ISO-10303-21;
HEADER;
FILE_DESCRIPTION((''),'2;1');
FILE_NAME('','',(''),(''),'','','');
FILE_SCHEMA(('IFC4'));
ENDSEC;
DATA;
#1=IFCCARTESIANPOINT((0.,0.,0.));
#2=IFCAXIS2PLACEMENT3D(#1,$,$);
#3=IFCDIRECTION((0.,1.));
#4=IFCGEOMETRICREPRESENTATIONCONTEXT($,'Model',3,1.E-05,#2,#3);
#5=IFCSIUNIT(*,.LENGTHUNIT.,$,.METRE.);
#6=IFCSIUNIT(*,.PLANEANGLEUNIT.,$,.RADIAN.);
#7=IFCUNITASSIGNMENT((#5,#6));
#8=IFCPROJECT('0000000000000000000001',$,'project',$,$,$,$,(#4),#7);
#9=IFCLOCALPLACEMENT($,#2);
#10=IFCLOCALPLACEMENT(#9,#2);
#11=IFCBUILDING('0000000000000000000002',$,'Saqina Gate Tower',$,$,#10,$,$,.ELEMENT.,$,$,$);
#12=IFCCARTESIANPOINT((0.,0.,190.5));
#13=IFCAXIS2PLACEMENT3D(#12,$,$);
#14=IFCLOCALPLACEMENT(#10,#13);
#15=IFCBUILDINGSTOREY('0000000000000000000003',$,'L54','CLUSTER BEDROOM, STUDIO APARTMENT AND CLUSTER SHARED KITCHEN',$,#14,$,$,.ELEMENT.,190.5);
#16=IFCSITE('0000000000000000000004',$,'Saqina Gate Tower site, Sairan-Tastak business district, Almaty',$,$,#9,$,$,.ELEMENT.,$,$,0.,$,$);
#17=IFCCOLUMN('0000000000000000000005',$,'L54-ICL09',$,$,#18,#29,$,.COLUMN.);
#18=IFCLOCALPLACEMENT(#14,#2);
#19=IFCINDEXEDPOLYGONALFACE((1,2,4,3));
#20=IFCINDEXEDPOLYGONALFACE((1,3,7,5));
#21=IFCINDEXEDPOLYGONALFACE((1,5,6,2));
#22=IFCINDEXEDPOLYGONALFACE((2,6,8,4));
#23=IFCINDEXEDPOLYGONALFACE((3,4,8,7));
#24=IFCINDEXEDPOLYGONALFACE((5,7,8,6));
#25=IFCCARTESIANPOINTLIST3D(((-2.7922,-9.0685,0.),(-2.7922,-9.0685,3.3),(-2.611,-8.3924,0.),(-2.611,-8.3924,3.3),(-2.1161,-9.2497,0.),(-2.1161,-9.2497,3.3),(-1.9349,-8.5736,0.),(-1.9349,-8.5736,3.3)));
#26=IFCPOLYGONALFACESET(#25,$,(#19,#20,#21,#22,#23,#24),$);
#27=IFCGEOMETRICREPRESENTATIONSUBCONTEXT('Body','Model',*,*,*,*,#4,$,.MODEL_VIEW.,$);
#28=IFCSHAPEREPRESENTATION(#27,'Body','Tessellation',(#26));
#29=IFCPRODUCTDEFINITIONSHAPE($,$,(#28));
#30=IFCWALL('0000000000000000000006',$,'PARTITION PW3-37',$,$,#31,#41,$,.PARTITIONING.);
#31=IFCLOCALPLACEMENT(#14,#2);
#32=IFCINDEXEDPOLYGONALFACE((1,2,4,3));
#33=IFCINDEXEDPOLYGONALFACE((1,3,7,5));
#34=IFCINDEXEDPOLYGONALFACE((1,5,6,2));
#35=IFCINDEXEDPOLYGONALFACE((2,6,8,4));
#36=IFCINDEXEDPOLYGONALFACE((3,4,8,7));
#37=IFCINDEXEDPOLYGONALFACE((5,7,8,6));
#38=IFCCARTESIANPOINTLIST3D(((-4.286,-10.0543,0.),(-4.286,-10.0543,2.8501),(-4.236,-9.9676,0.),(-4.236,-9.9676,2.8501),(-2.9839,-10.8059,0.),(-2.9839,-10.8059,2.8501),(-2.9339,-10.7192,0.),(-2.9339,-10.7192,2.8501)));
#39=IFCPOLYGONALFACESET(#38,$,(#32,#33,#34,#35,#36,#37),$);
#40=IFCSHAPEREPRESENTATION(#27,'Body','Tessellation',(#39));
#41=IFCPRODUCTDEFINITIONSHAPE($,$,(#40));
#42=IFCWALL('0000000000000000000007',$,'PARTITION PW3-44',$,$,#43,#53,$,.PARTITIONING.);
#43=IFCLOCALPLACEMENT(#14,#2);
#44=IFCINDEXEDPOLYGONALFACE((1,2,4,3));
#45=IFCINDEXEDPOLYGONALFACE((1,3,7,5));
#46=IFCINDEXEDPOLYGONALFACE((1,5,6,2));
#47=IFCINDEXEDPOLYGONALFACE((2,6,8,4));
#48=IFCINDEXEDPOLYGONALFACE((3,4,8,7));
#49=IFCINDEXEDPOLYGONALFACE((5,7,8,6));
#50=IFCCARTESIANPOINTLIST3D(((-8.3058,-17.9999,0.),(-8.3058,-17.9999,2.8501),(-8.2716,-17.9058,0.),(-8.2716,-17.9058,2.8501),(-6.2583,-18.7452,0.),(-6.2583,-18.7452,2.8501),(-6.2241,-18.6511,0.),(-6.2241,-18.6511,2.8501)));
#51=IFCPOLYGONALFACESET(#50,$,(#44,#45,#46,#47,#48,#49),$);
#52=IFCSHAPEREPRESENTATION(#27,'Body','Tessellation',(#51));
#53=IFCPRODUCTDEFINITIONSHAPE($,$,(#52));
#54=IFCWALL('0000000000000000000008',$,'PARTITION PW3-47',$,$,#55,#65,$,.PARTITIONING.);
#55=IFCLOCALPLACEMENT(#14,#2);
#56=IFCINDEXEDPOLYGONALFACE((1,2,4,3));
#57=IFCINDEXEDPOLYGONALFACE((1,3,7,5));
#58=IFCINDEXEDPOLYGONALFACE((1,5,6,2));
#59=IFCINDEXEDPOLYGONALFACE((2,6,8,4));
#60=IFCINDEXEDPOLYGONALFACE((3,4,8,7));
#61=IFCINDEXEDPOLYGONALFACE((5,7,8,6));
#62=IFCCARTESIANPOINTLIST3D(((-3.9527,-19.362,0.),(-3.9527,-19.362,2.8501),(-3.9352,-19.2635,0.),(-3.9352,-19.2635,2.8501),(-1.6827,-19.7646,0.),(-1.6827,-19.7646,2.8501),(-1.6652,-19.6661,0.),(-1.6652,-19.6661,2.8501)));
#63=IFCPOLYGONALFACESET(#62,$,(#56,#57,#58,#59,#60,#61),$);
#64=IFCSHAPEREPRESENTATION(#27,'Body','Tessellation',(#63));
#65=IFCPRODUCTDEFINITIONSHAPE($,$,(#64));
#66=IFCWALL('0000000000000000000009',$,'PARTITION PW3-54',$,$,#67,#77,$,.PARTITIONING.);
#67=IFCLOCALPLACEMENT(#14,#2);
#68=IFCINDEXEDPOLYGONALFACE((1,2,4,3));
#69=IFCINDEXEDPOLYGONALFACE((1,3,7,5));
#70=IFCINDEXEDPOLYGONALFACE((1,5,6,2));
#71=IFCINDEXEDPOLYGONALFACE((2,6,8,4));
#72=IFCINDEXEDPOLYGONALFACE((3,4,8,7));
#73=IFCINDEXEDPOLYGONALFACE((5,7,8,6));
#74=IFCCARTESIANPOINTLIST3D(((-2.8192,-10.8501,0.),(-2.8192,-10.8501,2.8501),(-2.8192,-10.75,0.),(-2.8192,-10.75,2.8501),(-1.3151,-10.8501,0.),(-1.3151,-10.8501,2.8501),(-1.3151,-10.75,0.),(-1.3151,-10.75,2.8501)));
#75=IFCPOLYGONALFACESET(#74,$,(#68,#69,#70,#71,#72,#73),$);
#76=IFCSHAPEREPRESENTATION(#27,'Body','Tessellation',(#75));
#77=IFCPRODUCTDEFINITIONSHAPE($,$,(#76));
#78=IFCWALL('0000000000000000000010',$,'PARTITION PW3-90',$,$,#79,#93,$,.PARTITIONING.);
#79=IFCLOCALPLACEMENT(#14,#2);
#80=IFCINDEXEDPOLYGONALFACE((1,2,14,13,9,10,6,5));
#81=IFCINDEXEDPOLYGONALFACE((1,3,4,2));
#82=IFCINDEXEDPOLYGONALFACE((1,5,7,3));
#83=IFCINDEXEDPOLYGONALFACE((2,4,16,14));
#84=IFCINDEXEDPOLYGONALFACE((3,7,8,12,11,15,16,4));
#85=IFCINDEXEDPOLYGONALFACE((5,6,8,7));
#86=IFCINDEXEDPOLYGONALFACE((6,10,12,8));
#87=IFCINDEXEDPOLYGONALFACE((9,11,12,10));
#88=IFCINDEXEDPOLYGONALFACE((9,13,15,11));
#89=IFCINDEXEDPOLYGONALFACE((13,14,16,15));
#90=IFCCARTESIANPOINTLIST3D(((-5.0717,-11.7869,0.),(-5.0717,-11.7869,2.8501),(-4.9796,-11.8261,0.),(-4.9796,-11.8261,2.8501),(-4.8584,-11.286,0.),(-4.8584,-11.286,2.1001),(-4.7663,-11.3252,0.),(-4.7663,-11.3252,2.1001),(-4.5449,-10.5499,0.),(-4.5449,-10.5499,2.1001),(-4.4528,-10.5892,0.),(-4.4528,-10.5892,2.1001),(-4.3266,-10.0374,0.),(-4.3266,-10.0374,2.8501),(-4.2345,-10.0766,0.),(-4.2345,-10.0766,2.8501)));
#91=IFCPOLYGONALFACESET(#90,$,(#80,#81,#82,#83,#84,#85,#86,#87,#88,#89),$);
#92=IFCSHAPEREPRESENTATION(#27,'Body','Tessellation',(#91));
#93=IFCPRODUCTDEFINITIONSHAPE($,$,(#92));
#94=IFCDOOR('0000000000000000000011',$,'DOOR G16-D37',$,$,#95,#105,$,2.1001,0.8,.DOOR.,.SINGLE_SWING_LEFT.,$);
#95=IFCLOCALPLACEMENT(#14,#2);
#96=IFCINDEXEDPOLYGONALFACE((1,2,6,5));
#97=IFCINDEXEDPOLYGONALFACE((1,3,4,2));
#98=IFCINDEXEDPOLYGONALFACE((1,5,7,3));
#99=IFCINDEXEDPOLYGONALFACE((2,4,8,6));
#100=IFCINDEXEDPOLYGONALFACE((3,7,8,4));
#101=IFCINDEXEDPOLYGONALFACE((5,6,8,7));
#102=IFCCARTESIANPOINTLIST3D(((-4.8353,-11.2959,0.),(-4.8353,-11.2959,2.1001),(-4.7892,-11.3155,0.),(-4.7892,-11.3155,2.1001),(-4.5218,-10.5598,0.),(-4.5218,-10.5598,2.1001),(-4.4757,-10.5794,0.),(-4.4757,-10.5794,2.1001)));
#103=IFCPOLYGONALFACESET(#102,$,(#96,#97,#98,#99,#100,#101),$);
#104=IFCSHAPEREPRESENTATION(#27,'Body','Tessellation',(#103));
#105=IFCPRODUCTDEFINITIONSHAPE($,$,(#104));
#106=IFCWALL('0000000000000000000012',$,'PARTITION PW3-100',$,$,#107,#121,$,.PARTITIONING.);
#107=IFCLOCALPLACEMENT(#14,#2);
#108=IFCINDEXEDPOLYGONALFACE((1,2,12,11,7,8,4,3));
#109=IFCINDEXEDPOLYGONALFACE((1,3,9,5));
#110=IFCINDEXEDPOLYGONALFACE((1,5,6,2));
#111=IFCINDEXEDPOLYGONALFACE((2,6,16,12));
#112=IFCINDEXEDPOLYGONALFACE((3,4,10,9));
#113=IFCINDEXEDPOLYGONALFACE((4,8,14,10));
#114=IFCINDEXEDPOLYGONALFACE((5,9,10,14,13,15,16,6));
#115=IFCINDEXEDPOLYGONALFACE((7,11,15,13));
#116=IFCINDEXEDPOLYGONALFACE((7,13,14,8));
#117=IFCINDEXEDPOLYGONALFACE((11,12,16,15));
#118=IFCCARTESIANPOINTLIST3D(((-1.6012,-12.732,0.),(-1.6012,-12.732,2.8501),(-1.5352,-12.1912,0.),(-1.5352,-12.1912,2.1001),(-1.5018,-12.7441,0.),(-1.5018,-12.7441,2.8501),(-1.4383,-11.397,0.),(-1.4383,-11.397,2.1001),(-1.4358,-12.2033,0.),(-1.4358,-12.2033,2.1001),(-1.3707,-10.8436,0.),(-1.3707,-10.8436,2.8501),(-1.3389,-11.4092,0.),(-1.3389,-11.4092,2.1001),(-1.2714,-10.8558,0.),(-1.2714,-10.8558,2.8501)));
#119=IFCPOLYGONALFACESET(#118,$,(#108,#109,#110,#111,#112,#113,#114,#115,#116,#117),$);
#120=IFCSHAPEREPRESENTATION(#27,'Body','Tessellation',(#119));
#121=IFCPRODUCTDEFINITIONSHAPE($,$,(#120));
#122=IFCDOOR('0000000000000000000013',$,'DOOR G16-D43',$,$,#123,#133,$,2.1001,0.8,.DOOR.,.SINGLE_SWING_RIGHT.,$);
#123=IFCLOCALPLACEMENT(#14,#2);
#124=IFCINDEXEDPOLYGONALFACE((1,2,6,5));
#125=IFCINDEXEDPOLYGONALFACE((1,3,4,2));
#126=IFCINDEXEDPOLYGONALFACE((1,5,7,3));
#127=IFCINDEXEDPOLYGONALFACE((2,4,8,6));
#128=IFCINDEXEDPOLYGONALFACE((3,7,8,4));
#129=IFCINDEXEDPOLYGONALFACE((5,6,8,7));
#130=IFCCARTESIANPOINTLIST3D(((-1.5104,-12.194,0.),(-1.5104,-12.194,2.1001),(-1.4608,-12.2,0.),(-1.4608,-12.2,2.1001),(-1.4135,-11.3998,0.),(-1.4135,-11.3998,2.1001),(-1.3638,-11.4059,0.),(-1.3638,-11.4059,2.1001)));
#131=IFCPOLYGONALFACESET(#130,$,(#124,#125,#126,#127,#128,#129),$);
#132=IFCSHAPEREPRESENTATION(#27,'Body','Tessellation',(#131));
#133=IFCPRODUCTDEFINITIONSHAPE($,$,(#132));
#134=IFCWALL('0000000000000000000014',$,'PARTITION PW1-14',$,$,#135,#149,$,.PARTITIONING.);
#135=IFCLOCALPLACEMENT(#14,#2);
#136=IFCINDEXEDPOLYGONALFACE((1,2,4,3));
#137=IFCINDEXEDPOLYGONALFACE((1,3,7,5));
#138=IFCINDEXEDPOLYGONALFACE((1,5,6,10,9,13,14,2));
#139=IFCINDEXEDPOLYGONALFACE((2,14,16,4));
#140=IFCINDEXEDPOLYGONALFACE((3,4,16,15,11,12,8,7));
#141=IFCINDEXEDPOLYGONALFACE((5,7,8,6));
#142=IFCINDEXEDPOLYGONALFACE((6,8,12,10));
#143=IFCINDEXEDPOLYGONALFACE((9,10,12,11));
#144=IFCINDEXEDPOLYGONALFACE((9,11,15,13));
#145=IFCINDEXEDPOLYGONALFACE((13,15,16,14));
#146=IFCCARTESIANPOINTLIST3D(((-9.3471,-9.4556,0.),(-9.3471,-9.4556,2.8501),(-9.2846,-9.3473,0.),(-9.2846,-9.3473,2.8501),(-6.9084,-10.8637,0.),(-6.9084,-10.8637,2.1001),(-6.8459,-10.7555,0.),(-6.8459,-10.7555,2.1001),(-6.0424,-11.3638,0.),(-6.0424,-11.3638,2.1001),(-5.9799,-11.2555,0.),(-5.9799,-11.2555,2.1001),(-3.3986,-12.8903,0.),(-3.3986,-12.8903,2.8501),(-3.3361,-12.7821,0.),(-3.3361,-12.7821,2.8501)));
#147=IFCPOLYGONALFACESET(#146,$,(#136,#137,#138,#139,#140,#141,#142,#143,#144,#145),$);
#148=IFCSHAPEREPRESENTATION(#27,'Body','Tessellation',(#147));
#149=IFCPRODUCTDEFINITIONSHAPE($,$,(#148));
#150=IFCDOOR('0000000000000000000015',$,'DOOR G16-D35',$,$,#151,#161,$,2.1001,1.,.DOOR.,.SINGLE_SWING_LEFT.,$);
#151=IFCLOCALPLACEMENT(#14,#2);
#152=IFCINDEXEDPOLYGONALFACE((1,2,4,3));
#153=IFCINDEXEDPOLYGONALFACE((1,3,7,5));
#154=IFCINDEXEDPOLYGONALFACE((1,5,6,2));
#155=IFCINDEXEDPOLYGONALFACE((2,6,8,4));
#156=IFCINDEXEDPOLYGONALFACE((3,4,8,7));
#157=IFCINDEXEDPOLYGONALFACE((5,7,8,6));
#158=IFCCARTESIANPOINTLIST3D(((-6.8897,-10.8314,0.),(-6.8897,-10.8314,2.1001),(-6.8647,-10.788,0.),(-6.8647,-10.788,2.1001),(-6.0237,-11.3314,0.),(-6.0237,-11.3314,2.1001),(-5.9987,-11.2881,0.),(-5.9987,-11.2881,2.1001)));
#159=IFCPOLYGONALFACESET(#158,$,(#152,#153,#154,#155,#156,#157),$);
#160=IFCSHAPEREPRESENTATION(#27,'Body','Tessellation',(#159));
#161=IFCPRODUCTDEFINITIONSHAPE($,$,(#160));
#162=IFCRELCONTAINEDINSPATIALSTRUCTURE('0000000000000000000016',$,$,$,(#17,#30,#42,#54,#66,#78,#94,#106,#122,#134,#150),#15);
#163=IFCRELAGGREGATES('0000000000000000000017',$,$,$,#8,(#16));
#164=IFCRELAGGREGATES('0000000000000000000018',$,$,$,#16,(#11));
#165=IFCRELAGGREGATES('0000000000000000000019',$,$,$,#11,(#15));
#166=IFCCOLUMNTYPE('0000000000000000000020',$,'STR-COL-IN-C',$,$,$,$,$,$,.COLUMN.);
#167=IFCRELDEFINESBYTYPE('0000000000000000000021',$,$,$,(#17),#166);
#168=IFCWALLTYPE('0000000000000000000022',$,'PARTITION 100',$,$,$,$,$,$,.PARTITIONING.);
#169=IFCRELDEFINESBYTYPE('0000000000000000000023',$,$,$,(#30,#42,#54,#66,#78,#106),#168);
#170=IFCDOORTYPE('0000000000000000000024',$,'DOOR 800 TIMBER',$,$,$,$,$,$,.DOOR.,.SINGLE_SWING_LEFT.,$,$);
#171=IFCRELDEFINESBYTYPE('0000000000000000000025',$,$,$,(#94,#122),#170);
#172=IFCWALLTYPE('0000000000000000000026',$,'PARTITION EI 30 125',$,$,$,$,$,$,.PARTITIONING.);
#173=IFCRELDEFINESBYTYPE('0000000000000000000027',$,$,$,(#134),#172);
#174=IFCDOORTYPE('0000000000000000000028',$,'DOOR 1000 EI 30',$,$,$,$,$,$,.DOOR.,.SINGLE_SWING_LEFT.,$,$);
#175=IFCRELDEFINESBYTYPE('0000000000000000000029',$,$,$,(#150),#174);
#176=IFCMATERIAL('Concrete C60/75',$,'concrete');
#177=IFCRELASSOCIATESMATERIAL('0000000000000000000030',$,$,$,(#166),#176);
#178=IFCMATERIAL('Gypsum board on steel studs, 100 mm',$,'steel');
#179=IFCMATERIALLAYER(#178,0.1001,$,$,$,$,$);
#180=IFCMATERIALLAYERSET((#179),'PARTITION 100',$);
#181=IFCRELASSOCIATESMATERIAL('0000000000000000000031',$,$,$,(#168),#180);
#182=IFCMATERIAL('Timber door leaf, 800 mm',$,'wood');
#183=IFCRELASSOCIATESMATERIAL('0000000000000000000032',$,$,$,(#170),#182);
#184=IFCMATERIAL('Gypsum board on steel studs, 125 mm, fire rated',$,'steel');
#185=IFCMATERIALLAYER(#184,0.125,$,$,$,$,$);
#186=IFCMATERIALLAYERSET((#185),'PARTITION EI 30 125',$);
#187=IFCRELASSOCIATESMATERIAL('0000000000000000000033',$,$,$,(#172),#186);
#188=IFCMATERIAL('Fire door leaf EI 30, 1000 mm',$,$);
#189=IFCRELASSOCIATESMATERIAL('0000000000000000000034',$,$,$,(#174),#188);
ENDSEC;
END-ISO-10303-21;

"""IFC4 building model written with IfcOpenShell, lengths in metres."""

from ifc_helpers import new_model, si_unit, direction, frame, frame_2d, origin, origin_2d, place, context, subcontext, project, spatial, rectangle, extrude, material, layer, layer_set, material_profile, profile_set, type_object, element, fill, save


model = new_model("IFC4")

# Units and contexts
model_context = context("Model", 3, precision=1e-05, world=origin(), true_north=direction((0.0, 1.0)))
body_context = subcontext(model_context, "Body", "Model", "MODEL_VIEW")
ifc_project = project(units=[si_unit("LENGTHUNIT", "METRE"), si_unit("PLANEANGLEUNIT", "RADIAN")], contexts=[model_context])

# Site, building, storey
site_placement = place(None, origin())
site = spatial("IfcSite", under=ifc_project, at=site_placement, Name="Saqina Gate Tower site, Sairan-Tastak business district, Almaty", CompositionType="ELEMENT", RefElevation=0.0)
building_placement = place(site_placement, origin())
building = spatial("IfcBuilding", under=site, at=building_placement, Name="Saqina Gate Tower", CompositionType="ELEMENT")
storey_placement = place(building_placement, frame((0.0, 0.0, 190.5)))
storey = spatial("IfcBuildingStorey", under=building, at=storey_placement, Name="L54", Description="CLUSTER BEDROOM, STUDIO APARTMENT AND CLUSTER SHARED KITCHEN", CompositionType="ELEMENT", Elevation=190.5)

# Column
ifc_material_1 = material(Name="Concrete C60/75", Category="concrete")
ifc_material_profile = material_profile(ifc_material_1, rectangle(XDim=0.7, YDim=0.7, at=origin_2d()), Name="RC 700x700")
ifc_profile_set = profile_set([ifc_material_profile], Name="Concrete C60/75")
column_type = type_object("IfcColumnType", Name="STR-COL-IN-C", PredefinedType="COLUMN", material=ifc_profile_set)
column_placement = place(storey_placement, frame((-2.3635, -8.821, 0.0), z_axis=(0.0, 0.0, 1.0), x_axis=(-0.258819, -0.965926, 0.0)))
element("IfcColumn", 1, at=column_placement, inside=storey, type_object=column_type, Name="L54-ICL09", PredefinedType="COLUMN", context=body_context, shape_type="SweptSolid", body=[
    extrude(rectangle(XDim=0.7, YDim=0.7, at=origin_2d()), origin(), (0.0, 0.0, 1.0), 3.3),
])

# Walls
ifc_material_2 = material(Name="Gypsum board on steel studs, 100 mm", Category="steel")
ifc_layer_1 = layer(ifc_material_2, 0.1001)
ifc_layer_set_1 = layer_set([ifc_layer_1], Name="PARTITION 100")
wall_type_1 = type_object("IfcWallType", Name="PARTITION 100", PredefinedType="PARTITIONING", material=ifc_layer_set_1)
wall_1_placement = place(storey_placement, frame((-4.261, -10.011, 0.0), z_axis=(0.0, 0.0, 1.0), x_axis=(0.866096, -0.499877, 0.0)))
element("IfcWall", 2, at=wall_1_placement, inside=storey, type_object=wall_type_1, Name="PARTITION PW3-37", PredefinedType="PARTITIONING", context=body_context, shape_type="SweptSolid", body=[
    extrude(rectangle(XDim=1.5034, YDim=0.1001, at=frame_2d((0.7517, 0.0))), origin(), (0.0, 0.0, 1.0), 2.8501),
])
wall_2_placement = place(storey_placement, frame((-8.2886, -17.9529, 0.0), z_axis=(0.0, 0.0, 1.0), x_axis=(0.939679, -0.342058, 0.0)))
element("IfcWall", 3, at=wall_2_placement, inside=storey, type_object=wall_type_1, Name="PARTITION PW3-44", PredefinedType="PARTITIONING", context=body_context, shape_type="SweptSolid", body=[
    extrude(rectangle(XDim=2.179, YDim=0.1001, at=frame_2d((1.0894, 0.0))), origin(), (0.0, 0.0, 1.0), 2.8501),
])
wall_3_placement = place(storey_placement, frame((-3.9441, -19.3127, 0.0), z_axis=(0.0, 0.0, 1.0), x_axis=(0.984635, -0.174625, 0.0)))
element("IfcWall", 4, at=wall_3_placement, inside=storey, type_object=wall_type_1, Name="PARTITION PW3-47", PredefinedType="PARTITIONING", context=body_context, shape_type="SweptSolid", body=[
    extrude(rectangle(XDim=2.3054, YDim=0.1001, at=frame_2d((1.1528, 0.0))), origin(), (0.0, 0.0, 1.0), 2.8501),
])
wall_4_placement = place(storey_placement, frame((-2.8191, -10.8, 0.0), z_axis=(0.0, 0.0, 1.0), x_axis=(1.0, 0.0, 0.0)))
element("IfcWall", 5, at=wall_4_placement, inside=storey, type_object=wall_type_1, Name="PARTITION PW3-54", PredefinedType="PARTITIONING", context=body_context, shape_type="SweptSolid", body=[
    extrude(rectangle(XDim=1.5042, YDim=0.1001, at=frame_2d((0.752, 0.0))), origin(), (0.0, 0.0, 1.0), 2.8501),
])

# Walls, openings, doors
wall_5_placement = place(storey_placement, frame((-5.0256, -11.8064, 0.0), z_axis=(0.0, 0.0, 1.0), x_axis=(0.391842, 0.920033, 0.0)))
wall_5 = element("IfcWall", 6, at=wall_5_placement, inside=storey, type_object=wall_type_1, Name="PARTITION PW3-90", PredefinedType="PARTITIONING", context=body_context, shape_type="SweptSolid", body=[
    extrude(rectangle(XDim=1.9016, YDim=0.1001, at=frame_2d((0.9507, 0.0))), origin(), (0.0, 0.0, 1.0), 2.8501),
])
opening_1_placement = place(wall_5_placement, frame((0.5444, 0.0, 0.0)))
opening_1 = element("IfcOpeningElement", 7, at=opening_1_placement, cuts=wall_5, PredefinedType="OPENING", context=body_context, shape_type="SweptSolid", body=[
    extrude(rectangle(XDim=0.8, YDim=2.1001, at=frame_2d((0.3999, 1.05))), frame((0.0, 0.062, 0.0), z_axis=(0.0, -1.0, 0.0), x_axis=(1.0, 0.0, 0.0)), (0.0, 0.0, 1.0), 0.124),
])
ifc_material_3 = material(Name="Timber door leaf, 800 mm", Category="wood")
door_type_1 = type_object("IfcDoorType", Name="DOOR 800 TIMBER", OperationType="SINGLE_SWING_LEFT", PredefinedType="DOOR", material=ifc_material_3)
door_1_placement = place(opening_1_placement, origin())
door_1 = element("IfcDoor", 8, at=door_1_placement, inside=storey, type_object=door_type_1, Name="DOOR G16-D37", OperationType="SINGLE_SWING_LEFT", OverallHeight=2.1001, OverallWidth=0.8, PredefinedType="DOOR", context=body_context, shape_type="SweptSolid", body=[
    extrude(rectangle(XDim=0.8, YDim=2.1001, at=frame_2d((0.3999, 1.05))), frame((0.0, 0.0249, 0.0), z_axis=(0.0, -1.0, 0.0), x_axis=(1.0, 0.0, 0.0)), (0.0, 0.0, 1.0), 0.05),
])
fill(opening_1, door_1)
wall_6_placement = place(storey_placement, frame((-1.5515, -12.738, 0.0), z_axis=(0.0, 0.0, 1.0), x_axis=(0.121144, 0.992635, 0.0)))
wall_6 = element("IfcWall", 9, at=wall_6_placement, inside=storey, type_object=wall_type_1, Name="PARTITION PW3-100", PredefinedType="PARTITIONING", context=body_context, shape_type="SweptSolid", body=[
    extrude(rectangle(XDim=1.9023, YDim=0.1001, at=frame_2d((0.9512, 0.0))), origin(), (0.0, 0.0, 1.0), 2.8501),
])
opening_2_placement = place(wall_6_placement, frame((0.5449, 0.0, 0.0)))
opening_2 = element("IfcOpeningElement", 10, at=opening_2_placement, cuts=wall_6, PredefinedType="OPENING", context=body_context, shape_type="SweptSolid", body=[
    extrude(rectangle(XDim=0.8, YDim=2.1001, at=frame_2d((0.3999, 1.05))), frame((0.0, 0.062, 0.0), z_axis=(0.0, -1.0, 0.0), x_axis=(1.0, 0.0, 0.0)), (0.0, 0.0, 1.0), 0.124),
])
door_2_placement = place(opening_2_placement, frame((0.8, 0.0, 0.0), z_axis=(0.0, 0.0, 1.0), x_axis=(-1.0, 0.0, 0.0)))
door_2 = element("IfcDoor", 11, at=door_2_placement, inside=storey, type_object=door_type_1, Name="DOOR G16-D43", OperationType="SINGLE_SWING_RIGHT", OverallHeight=2.1001, OverallWidth=0.8, PredefinedType="DOOR", context=body_context, shape_type="SweptSolid", body=[
    extrude(rectangle(XDim=0.8, YDim=2.1001, at=frame_2d((0.3999, 1.05))), frame((0.0, 0.0249, 0.0), z_axis=(0.0, -1.0, 0.0), x_axis=(1.0, 0.0, 0.0)), (0.0, 0.0, 1.0), 0.05),
])
fill(opening_2, door_2)
ifc_material_4 = material(Name="Gypsum board on steel studs, 125 mm, fire rated", Category="steel")
ifc_layer_2 = layer(ifc_material_4, 0.125)
ifc_layer_set_2 = layer_set([ifc_layer_2], Name="PARTITION EI 30 125")
wall_type_2 = type_object("IfcWallType", Name="PARTITION EI 30 125", PredefinedType="PARTITIONING", material=ifc_layer_set_2)
wall_7_placement = place(storey_placement, frame((-9.3159, -9.4014, 0.0), z_axis=(0.0, 0.0, 1.0), x_axis=(0.865997, -0.50005, 0.0)))
wall_7 = element("IfcWall", 12, at=wall_7_placement, inside=storey, type_object=wall_type_2, Name="PARTITION PW1-14", PredefinedType="PARTITIONING", context=body_context, shape_type="SweptSolid", body=[
    extrude(rectangle(XDim=6.8689, YDim=0.125, at=frame_2d((3.4346, 0.0))), origin(), (0.0, 0.0, 1.0), 2.8501),
])
opening_3_placement = place(wall_7_placement, frame((2.8162, 0.0, 0.0)))
opening_3 = element("IfcOpeningElement", 13, at=opening_3_placement, cuts=wall_7, PredefinedType="OPENING", context=body_context, shape_type="SweptSolid", body=[
    extrude(rectangle(XDim=1.0, YDim=2.1001, at=frame_2d((0.5, 1.05))), frame((0.0, 0.0745, 0.0), z_axis=(0.0, -1.0, 0.0), x_axis=(1.0, 0.0, 0.0)), (0.0, 0.0, 1.0), 0.1489),
])
ifc_material_5 = material(Name="Fire door leaf EI 30, 1000 mm")
door_type_2 = type_object("IfcDoorType", Name="DOOR 1000 EI 30", OperationType="SINGLE_SWING_LEFT", PredefinedType="DOOR", material=ifc_material_5)
door_3_placement = place(opening_3_placement, origin())
door_3 = element("IfcDoor", 14, at=door_3_placement, inside=storey, type_object=door_type_2, Name="DOOR G16-D35", OperationType="SINGLE_SWING_LEFT", OverallHeight=2.1001, OverallWidth=1.0, PredefinedType="DOOR", context=body_context, shape_type="SweptSolid", body=[
    extrude(rectangle(XDim=1.0, YDim=2.1001, at=frame_2d((0.5, 1.05))), frame((0.0, 0.0249, 0.0), z_axis=(0.0, -1.0, 0.0), x_axis=(1.0, 0.0, 0.0)), (0.0, 0.0, 1.0), 0.05),
])
fill(opening_3, door_3)

save(model, "model.ifc")
